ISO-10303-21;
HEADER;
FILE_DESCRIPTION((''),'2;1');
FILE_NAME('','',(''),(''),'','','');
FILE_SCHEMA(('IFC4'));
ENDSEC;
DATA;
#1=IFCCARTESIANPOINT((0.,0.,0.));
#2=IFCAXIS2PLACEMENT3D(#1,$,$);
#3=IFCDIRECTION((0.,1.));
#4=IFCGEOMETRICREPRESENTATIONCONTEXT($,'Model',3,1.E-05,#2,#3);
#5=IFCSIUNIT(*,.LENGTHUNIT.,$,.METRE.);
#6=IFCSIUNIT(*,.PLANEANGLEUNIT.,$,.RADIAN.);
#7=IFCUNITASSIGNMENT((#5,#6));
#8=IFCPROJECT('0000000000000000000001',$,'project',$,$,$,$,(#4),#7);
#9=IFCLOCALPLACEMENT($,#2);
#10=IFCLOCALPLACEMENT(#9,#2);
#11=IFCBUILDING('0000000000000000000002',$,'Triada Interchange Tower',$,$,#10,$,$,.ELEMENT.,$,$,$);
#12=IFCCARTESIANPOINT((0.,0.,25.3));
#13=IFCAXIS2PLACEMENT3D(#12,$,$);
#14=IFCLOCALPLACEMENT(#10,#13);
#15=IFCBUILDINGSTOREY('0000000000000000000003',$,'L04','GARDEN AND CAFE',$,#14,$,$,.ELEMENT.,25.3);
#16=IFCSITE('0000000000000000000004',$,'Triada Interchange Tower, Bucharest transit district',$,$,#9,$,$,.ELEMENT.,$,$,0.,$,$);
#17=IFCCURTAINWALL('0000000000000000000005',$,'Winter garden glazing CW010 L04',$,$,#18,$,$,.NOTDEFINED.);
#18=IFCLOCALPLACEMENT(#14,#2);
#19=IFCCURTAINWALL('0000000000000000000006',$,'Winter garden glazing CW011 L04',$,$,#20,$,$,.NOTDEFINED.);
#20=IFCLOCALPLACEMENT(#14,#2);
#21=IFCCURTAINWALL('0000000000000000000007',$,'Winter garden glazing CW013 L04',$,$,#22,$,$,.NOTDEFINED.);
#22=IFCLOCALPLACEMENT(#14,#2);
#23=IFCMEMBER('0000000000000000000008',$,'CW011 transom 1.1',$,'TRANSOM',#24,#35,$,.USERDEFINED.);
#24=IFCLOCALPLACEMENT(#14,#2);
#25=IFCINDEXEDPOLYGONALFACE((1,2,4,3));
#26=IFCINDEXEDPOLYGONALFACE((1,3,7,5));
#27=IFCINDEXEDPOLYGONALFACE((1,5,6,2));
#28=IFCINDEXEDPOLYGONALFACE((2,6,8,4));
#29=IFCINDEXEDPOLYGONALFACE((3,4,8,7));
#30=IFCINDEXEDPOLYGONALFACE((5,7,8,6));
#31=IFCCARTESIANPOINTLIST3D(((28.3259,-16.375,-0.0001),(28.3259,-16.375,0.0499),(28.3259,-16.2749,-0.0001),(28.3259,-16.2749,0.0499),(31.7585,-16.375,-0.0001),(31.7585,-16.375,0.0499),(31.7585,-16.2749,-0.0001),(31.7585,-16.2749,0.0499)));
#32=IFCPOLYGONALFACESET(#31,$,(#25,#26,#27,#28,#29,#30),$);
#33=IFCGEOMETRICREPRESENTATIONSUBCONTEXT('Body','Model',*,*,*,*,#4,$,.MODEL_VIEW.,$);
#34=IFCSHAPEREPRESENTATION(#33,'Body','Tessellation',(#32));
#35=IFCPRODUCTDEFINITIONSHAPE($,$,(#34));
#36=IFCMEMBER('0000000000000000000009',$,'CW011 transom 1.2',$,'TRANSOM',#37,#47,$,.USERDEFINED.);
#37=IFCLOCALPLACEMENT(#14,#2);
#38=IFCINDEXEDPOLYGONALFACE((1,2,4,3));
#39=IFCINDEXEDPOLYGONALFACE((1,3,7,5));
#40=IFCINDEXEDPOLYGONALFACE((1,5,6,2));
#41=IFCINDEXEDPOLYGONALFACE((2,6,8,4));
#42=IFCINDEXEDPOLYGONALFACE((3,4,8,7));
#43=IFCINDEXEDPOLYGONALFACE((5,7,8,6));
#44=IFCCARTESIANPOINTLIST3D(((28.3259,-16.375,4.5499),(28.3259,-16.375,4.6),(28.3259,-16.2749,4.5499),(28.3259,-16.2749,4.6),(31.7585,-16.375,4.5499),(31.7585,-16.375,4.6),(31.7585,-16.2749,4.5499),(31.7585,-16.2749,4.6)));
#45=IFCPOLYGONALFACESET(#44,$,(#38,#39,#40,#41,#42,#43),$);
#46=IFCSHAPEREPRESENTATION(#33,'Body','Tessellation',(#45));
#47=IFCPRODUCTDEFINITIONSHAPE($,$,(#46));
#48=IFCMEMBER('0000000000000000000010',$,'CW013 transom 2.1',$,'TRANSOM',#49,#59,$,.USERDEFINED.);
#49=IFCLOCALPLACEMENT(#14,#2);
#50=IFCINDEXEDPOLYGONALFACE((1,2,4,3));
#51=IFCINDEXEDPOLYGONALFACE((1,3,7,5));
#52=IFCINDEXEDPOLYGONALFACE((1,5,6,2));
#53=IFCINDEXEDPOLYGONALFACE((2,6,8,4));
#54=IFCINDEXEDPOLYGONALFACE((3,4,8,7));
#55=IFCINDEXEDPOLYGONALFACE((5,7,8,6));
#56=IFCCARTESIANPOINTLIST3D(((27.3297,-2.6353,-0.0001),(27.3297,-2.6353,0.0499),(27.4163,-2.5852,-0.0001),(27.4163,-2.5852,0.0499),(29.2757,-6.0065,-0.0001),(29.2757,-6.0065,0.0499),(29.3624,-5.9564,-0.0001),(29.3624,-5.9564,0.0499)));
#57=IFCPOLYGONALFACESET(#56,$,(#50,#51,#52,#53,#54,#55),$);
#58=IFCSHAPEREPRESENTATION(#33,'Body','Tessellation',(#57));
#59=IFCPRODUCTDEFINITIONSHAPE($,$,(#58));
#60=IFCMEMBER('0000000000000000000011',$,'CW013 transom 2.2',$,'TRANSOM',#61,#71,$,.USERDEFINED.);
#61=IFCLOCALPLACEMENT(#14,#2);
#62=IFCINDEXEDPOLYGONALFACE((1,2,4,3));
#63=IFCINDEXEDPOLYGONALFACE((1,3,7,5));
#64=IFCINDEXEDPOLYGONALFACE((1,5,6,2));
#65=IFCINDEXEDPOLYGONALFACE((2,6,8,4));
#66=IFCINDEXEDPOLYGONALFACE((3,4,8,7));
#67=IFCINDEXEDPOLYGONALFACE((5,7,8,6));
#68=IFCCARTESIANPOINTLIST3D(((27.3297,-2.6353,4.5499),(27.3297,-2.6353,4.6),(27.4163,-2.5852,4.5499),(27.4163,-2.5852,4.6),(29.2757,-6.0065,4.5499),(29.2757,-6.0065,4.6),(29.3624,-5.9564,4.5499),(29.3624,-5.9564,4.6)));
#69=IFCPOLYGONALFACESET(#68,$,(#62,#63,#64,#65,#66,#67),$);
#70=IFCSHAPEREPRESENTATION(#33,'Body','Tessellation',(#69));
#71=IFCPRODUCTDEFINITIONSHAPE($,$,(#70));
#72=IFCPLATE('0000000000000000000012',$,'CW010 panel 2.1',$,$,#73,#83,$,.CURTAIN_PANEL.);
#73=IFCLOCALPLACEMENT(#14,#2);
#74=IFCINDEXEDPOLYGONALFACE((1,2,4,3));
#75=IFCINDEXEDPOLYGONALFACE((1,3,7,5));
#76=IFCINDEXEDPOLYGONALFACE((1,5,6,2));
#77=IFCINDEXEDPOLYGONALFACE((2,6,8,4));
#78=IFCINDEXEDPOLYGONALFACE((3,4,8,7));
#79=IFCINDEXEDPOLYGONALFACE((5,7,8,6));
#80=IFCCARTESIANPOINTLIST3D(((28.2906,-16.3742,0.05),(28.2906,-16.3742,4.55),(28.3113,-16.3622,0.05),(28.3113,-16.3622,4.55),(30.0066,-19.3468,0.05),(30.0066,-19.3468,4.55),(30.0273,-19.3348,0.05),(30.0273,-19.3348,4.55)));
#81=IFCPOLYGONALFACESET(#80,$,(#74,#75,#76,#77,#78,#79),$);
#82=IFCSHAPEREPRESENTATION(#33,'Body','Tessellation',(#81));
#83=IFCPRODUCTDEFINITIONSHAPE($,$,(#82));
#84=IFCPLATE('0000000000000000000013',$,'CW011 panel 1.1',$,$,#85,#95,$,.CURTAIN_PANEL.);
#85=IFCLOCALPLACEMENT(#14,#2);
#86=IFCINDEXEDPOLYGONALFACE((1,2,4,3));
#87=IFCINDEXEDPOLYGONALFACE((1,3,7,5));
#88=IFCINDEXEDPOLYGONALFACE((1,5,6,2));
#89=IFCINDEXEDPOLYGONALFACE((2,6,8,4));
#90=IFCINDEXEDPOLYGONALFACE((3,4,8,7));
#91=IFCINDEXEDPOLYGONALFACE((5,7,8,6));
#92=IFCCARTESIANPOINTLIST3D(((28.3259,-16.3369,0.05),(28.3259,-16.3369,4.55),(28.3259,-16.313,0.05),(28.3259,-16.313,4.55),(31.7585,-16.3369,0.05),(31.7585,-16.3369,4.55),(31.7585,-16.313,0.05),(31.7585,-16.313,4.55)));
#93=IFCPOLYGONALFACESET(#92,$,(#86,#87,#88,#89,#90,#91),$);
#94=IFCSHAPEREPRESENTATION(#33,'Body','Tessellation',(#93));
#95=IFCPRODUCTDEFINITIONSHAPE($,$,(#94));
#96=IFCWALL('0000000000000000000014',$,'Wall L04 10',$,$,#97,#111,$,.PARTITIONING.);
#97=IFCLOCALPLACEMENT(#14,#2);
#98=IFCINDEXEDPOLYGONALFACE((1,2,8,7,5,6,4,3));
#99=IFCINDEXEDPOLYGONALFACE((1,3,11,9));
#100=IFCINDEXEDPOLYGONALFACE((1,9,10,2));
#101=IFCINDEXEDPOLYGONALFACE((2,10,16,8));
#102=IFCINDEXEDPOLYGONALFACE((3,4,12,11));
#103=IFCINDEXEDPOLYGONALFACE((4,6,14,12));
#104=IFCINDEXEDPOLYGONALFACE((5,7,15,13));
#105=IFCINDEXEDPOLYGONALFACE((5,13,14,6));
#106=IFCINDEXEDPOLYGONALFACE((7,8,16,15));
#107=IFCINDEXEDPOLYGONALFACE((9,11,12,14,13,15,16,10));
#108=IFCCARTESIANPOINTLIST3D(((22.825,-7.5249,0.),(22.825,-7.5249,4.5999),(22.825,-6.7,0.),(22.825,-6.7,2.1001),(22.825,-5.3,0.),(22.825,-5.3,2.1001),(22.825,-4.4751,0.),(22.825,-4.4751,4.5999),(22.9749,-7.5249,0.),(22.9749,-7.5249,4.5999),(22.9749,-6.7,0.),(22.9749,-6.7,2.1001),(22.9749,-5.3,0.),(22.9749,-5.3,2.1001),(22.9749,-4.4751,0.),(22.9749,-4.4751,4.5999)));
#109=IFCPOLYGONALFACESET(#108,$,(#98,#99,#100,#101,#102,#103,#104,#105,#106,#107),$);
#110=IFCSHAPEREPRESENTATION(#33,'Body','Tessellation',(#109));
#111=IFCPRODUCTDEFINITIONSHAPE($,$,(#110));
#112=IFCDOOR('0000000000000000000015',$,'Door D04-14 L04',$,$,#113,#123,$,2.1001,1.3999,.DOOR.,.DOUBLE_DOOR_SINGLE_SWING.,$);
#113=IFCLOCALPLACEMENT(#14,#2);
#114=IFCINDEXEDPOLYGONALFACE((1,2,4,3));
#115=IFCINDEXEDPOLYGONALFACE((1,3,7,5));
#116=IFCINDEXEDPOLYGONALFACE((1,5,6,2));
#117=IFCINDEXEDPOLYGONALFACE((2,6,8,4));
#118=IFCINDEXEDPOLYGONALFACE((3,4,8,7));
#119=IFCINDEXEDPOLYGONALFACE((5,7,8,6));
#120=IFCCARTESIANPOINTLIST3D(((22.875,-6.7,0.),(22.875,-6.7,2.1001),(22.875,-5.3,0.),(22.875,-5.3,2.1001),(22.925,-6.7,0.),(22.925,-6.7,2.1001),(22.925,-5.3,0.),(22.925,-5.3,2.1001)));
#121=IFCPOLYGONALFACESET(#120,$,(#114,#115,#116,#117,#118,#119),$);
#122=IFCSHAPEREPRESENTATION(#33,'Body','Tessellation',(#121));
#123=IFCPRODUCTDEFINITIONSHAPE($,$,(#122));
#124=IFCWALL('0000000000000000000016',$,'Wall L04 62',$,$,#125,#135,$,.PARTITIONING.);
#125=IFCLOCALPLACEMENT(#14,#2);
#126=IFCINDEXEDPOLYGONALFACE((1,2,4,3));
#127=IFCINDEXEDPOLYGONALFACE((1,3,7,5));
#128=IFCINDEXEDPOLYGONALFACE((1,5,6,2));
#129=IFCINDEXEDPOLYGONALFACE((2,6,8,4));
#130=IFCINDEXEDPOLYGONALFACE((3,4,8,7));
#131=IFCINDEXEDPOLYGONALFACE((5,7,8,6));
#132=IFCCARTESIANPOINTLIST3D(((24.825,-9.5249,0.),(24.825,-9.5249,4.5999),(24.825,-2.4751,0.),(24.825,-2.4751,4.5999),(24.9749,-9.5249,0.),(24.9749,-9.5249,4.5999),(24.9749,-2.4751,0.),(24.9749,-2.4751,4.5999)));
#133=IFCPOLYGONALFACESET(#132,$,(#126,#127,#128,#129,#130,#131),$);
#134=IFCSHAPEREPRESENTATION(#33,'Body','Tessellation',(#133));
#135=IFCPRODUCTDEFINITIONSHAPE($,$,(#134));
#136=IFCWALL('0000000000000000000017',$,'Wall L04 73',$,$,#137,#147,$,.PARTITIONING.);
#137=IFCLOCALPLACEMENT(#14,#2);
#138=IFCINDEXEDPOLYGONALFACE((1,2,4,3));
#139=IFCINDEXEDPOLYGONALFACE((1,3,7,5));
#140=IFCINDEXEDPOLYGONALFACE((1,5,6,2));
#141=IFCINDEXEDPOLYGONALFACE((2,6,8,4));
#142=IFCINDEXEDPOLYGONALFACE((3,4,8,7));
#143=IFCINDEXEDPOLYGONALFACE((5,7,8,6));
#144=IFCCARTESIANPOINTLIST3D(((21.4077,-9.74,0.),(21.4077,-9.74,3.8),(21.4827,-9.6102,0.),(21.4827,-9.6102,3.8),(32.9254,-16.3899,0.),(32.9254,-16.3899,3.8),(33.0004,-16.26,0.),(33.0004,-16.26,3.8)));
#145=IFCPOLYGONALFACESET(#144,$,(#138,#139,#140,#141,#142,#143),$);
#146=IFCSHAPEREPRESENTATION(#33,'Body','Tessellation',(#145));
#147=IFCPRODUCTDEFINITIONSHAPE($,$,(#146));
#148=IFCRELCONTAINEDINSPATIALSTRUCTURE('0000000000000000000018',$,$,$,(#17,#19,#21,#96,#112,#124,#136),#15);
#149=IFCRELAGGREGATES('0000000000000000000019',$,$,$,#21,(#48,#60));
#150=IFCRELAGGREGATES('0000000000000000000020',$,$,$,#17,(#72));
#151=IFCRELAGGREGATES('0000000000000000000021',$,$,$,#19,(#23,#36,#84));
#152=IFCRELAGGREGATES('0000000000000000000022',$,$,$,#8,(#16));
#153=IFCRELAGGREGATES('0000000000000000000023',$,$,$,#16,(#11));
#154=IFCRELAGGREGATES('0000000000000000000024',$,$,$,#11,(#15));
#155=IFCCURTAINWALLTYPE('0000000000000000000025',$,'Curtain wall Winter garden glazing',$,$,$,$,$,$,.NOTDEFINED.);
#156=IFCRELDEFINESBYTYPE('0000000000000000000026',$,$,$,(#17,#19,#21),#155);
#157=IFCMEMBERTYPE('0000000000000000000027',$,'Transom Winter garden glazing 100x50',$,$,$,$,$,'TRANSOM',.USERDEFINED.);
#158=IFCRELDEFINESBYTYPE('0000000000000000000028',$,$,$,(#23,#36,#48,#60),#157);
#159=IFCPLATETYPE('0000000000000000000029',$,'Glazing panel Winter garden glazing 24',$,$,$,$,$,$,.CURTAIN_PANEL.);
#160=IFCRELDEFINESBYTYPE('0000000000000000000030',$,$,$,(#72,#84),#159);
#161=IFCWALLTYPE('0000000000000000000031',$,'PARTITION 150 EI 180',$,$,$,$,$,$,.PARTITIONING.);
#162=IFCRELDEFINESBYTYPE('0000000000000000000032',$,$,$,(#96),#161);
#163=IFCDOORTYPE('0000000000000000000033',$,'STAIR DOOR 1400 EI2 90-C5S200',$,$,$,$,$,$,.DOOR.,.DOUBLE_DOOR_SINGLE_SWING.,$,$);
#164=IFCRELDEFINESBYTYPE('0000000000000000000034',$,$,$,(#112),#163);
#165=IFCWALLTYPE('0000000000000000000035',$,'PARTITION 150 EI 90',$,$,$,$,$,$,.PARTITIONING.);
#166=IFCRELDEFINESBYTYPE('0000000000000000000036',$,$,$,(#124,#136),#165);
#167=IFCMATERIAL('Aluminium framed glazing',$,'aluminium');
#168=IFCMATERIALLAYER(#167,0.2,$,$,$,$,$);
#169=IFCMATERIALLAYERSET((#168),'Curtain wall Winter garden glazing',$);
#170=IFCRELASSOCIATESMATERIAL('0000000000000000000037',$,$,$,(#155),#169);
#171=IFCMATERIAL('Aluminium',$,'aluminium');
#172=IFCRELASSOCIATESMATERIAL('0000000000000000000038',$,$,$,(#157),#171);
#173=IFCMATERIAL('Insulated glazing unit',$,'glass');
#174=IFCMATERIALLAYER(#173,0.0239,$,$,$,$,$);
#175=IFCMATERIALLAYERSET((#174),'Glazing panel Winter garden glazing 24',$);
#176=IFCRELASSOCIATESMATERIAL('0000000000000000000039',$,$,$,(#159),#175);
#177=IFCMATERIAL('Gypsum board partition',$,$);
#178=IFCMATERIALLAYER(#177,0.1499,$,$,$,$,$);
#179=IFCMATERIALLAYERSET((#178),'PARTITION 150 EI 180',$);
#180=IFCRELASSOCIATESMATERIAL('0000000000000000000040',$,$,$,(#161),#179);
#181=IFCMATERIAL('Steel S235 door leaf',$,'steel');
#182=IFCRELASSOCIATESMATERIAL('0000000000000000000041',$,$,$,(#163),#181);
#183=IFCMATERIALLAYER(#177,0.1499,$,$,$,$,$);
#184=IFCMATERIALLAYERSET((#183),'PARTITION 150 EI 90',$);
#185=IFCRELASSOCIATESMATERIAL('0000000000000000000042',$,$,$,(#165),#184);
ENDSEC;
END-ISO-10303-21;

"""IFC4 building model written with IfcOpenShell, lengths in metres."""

from ifc_helpers import new_model, si_unit, direction, frame, frame_2d, origin, origin_2d, place, context, subcontext, project, spatial, rectangle, extrude, material, layer, layer_set, material_profile, profile_set, type_object, element, fill, aggregate, save


model = new_model("IFC4")

# Units and contexts
model_context = context("Model", 3, precision=1e-05, world=origin(), true_north=direction((0.0, 1.0)))
body_context = subcontext(model_context, "Body", "Model", "MODEL_VIEW")
ifc_project = project(units=[si_unit("LENGTHUNIT", "METRE"), si_unit("PLANEANGLEUNIT", "RADIAN")], contexts=[model_context])

# Site, building, storey
site_placement = place(None, origin())
site = spatial("IfcSite", under=ifc_project, at=site_placement, Name="Triada Interchange Tower, Bucharest transit district", CompositionType="ELEMENT", RefElevation=0.0)
building_placement = place(site_placement, origin())
building = spatial("IfcBuilding", under=site, at=building_placement, Name="Triada Interchange Tower", CompositionType="ELEMENT")
storey_placement = place(building_placement, frame((0.0, 0.0, 25.3)))
storey = spatial("IfcBuildingStorey", under=building, at=storey_placement, Name="L04", Description="GARDEN AND CAFE", CompositionType="ELEMENT", Elevation=25.3)

# Curtain wall
ifc_material_1 = material(Name="Aluminium framed glazing", Category="aluminium")
ifc_layer_1 = layer(ifc_material_1, 0.2)
ifc_layer_set_1 = layer_set([ifc_layer_1], Name="Curtain wall Winter garden glazing")
curtain_wall_type = type_object("IfcCurtainWallType", Name="Curtain wall Winter garden glazing", PredefinedType="NOTDEFINED", material=ifc_layer_set_1)
curtain_wall_1_placement = place(storey_placement, origin())
curtain_wall_1 = element("IfcCurtainWall", 1, at=curtain_wall_1_placement, inside=storey, type_object=curtain_wall_type, Name="Winter garden glazing CW010 L04", PredefinedType="NOTDEFINED")
ifc_material_2 = material(Name="Aluminium", Category="aluminium")

# Curtain walls
curtain_wall_2_placement = place(storey_placement, origin())
curtain_wall_2 = element("IfcCurtainWall", 2, at=curtain_wall_2_placement, inside=storey, type_object=curtain_wall_type, Name="Winter garden glazing CW011 L04", PredefinedType="NOTDEFINED")
curtain_wall_3_placement = place(storey_placement, origin())
curtain_wall_3 = element("IfcCurtainWall", 3, at=curtain_wall_3_placement, inside=storey, type_object=curtain_wall_type, Name="Winter garden glazing CW013 L04", PredefinedType="NOTDEFINED")

# Members
ifc_material_profile_1 = material_profile(ifc_material_2, rectangle(XDim=0.1001, YDim=0.05, at=origin_2d()), Name="Aluminium transom")
ifc_profile_set_1 = profile_set([ifc_material_profile_1], Name="Aluminium")
member_type_1 = type_object("IfcMemberType", Name="Transom Winter garden glazing 100x50", ElementType="TRANSOM", PredefinedType="USERDEFINED", material=ifc_profile_set_1)
member_1_placement = place(storey_placement, frame((28.3259, -16.325, 0.0249), z_axis=(1.0, 0.0, 0.0), x_axis=(0.0, 1.0, 0.0)))
member_1 = element("IfcMember", 4, at=member_1_placement, type_object=member_type_1, Name="CW011 transom 1.1", ObjectType="TRANSOM", PredefinedType="USERDEFINED", context=body_context, shape_type="SweptSolid", body=[
    extrude(rectangle(XDim=0.1001, YDim=0.05, at=origin_2d()), origin(), (0.0, 0.0, 1.0), 3.4326),
])
member_2_placement = place(storey_placement, frame((28.3259, -16.325, 4.575), z_axis=(1.0, 0.0, 0.0), x_axis=(0.0, 1.0, 0.0)))
member_2 = element("IfcMember", 5, at=member_2_placement, type_object=member_type_1, Name="CW011 transom 1.2", ObjectType="TRANSOM", PredefinedType="USERDEFINED", context=body_context, shape_type="SweptSolid", body=[
    extrude(rectangle(XDim=0.1001, YDim=0.05, at=origin_2d()), origin(), (0.0, 0.0, 1.0), 3.4326),
])
member_3_placement = place(storey_placement, frame((29.3191, -5.9814, 0.0249), z_axis=(-0.49995, 0.866054, 0.0), x_axis=(-0.866054, -0.49995, 0.0)))
member_3 = element("IfcMember", 6, at=member_3_placement, type_object=member_type_1, Name="CW013 transom 2.1", ObjectType="TRANSOM", PredefinedType="USERDEFINED", context=body_context, shape_type="SweptSolid", body=[
    extrude(rectangle(XDim=0.1001, YDim=0.05, at=origin_2d()), origin(), (0.0, 0.0, 1.0), 3.8926),
])
member_4_placement = place(storey_placement, frame((29.3191, -5.9814, 4.575), z_axis=(-0.49995, 0.866054, 0.0), x_axis=(-0.866054, -0.49995, 0.0)))
member_4 = element("IfcMember", 7, at=member_4_placement, type_object=member_type_1, Name="CW013 transom 2.2", ObjectType="TRANSOM", PredefinedType="USERDEFINED", context=body_context, shape_type="SweptSolid", body=[
    extrude(rectangle(XDim=0.1001, YDim=0.05, at=origin_2d()), origin(), (0.0, 0.0, 1.0), 3.8926),
])
aggregate(curtain_wall_3, [member_3, member_4])

# Plates
ifc_material_3 = material(Name="Insulated glazing unit", Category="glass")
ifc_layer_2 = layer(ifc_material_3, 0.0239)
ifc_layer_set_2 = layer_set([ifc_layer_2], Name="Glazing panel Winter garden glazing 24")
plate_type = type_object("IfcPlateType", Name="Glazing panel Winter garden glazing 24", PredefinedType="CURTAIN_PANEL", material=ifc_layer_set_2)
plate_1_placement = place(storey_placement, frame((29.1589, -17.8545, 0.05), z_axis=(0.0, 0.0, 1.0), x_axis=(-0.499957, 0.86605, 0.0)))
plate_1 = element("IfcPlate", 8, at=plate_1_placement, type_object=plate_type, Name="CW010 panel 2.1", PredefinedType="CURTAIN_PANEL", context=body_context, shape_type="SweptSolid", body=[
    extrude(rectangle(XDim=3.4324, YDim=0.0239, at=origin_2d()), origin(), (0.0, 0.0, 1.0), 4.5),
])
aggregate(curtain_wall_1, [plate_1])
plate_2_placement = place(storey_placement, frame((30.0422, -16.325, 0.05), z_axis=(0.0, 0.0, 1.0), x_axis=(1.0, 0.0, 0.0)))
plate_2 = element("IfcPlate", 9, at=plate_2_placement, type_object=plate_type, Name="CW011 panel 1.1", PredefinedType="CURTAIN_PANEL", context=body_context, shape_type="SweptSolid", body=[
    extrude(rectangle(XDim=3.4326, YDim=0.0239, at=origin_2d()), origin(), (0.0, 0.0, 1.0), 4.5),
])
aggregate(curtain_wall_2, [member_1, member_2, plate_2])

# Wall, opening, door
ifc_material_4 = material(Name="Gypsum board partition")
ifc_layer_3 = layer(ifc_material_4, 0.1499)
ifc_layer_set_3 = layer_set([ifc_layer_3], Name="PARTITION 150 EI 180")
wall_type_1 = type_object("IfcWallType", Name="PARTITION 150 EI 180", PredefinedType="PARTITIONING", material=ifc_layer_set_3)
wall_1_placement = place(storey_placement, frame((22.8999, -7.5249, 0.0), z_axis=(0.0, 0.0, 1.0), x_axis=(0.0, 1.0, 0.0)))
wall_1 = element("IfcWall", 10, at=wall_1_placement, inside=storey, type_object=wall_type_1, Name="Wall L04 10", PredefinedType="PARTITIONING", context=body_context, shape_type="SweptSolid", body=[
    extrude(rectangle(XDim=3.0498, YDim=0.1499, at=frame_2d((1.5249, 0.0))), origin(), (0.0, 0.0, 1.0), 4.5999),
])
opening_placement = place(wall_1_placement, frame((0.825, 0.0, 0.0)))
opening = element("IfcOpeningElement", 11, at=opening_placement, cuts=wall_1, PredefinedType="OPENING", context=body_context, shape_type="SweptSolid", body=[
    extrude(rectangle(XDim=1.3999, YDim=2.1001, at=frame_2d((0.7, 1.05))), frame((0.0, 0.085, 0.0), z_axis=(0.0, -1.0, 0.0), x_axis=(1.0, 0.0, 0.0)), (0.0, 0.0, 1.0), 0.1699),
])
ifc_material_5 = material(Name="Steel S235 door leaf", Category="steel")
door_type = type_object("IfcDoorType", Name="STAIR DOOR 1400 EI2 90-C5S200", OperationType="DOUBLE_DOOR_SINGLE_SWING", PredefinedType="DOOR", material=ifc_material_5)
door_placement = place(opening_placement, origin())
door = element("IfcDoor", 12, at=door_placement, inside=storey, type_object=door_type, Name="Door D04-14 L04", OperationType="DOUBLE_DOOR_SINGLE_SWING", OverallHeight=2.1001, OverallWidth=1.3999, PredefinedType="DOOR", context=body_context, shape_type="SweptSolid", body=[
    extrude(rectangle(XDim=1.3999, YDim=2.1001, at=frame_2d((0.7, 1.05))), frame((0.0, 0.0249, 0.0), z_axis=(0.0, -1.0, 0.0), x_axis=(1.0, 0.0, 0.0)), (0.0, 0.0, 1.0), 0.05),
])
fill(opening, door)

# Walls
ifc_layer_4 = layer(ifc_material_4, 0.1499)
ifc_layer_set_4 = layer_set([ifc_layer_4], Name="PARTITION 150 EI 90")
wall_type_2 = type_object("IfcWallType", Name="PARTITION 150 EI 90", PredefinedType="PARTITIONING", material=ifc_layer_set_4)
wall_2_placement = place(storey_placement, frame((24.8999, -9.5249, 0.0), z_axis=(0.0, 0.0, 1.0), x_axis=(0.0, 1.0, 0.0)))
element("IfcWall", 13, at=wall_2_placement, inside=storey, type_object=wall_type_2, Name="Wall L04 62", PredefinedType="PARTITIONING", context=body_context, shape_type="SweptSolid", body=[
    extrude(rectangle(XDim=7.0498, YDim=0.1499, at=frame_2d((3.5249, 0.0))), origin(), (0.0, 0.0, 1.0), 4.5999),
])
wall_3_placement = place(storey_placement, frame((21.4451, -9.675, 0.0), z_axis=(0.0, 0.0, 1.0), x_axis=(0.866023, -0.500005, 0.0)))
element("IfcWall", 14, at=wall_3_placement, inside=storey, type_object=wall_type_2, Name="Wall L04 73", PredefinedType="PARTITIONING", context=body_context, shape_type="SweptSolid", body=[
    extrude(rectangle(XDim=13.2996, YDim=0.1499, at=frame_2d((6.6499, 0.0))), origin(), (0.0, 0.0, 1.0), 3.8),
])

save(model, "model.ifc")
